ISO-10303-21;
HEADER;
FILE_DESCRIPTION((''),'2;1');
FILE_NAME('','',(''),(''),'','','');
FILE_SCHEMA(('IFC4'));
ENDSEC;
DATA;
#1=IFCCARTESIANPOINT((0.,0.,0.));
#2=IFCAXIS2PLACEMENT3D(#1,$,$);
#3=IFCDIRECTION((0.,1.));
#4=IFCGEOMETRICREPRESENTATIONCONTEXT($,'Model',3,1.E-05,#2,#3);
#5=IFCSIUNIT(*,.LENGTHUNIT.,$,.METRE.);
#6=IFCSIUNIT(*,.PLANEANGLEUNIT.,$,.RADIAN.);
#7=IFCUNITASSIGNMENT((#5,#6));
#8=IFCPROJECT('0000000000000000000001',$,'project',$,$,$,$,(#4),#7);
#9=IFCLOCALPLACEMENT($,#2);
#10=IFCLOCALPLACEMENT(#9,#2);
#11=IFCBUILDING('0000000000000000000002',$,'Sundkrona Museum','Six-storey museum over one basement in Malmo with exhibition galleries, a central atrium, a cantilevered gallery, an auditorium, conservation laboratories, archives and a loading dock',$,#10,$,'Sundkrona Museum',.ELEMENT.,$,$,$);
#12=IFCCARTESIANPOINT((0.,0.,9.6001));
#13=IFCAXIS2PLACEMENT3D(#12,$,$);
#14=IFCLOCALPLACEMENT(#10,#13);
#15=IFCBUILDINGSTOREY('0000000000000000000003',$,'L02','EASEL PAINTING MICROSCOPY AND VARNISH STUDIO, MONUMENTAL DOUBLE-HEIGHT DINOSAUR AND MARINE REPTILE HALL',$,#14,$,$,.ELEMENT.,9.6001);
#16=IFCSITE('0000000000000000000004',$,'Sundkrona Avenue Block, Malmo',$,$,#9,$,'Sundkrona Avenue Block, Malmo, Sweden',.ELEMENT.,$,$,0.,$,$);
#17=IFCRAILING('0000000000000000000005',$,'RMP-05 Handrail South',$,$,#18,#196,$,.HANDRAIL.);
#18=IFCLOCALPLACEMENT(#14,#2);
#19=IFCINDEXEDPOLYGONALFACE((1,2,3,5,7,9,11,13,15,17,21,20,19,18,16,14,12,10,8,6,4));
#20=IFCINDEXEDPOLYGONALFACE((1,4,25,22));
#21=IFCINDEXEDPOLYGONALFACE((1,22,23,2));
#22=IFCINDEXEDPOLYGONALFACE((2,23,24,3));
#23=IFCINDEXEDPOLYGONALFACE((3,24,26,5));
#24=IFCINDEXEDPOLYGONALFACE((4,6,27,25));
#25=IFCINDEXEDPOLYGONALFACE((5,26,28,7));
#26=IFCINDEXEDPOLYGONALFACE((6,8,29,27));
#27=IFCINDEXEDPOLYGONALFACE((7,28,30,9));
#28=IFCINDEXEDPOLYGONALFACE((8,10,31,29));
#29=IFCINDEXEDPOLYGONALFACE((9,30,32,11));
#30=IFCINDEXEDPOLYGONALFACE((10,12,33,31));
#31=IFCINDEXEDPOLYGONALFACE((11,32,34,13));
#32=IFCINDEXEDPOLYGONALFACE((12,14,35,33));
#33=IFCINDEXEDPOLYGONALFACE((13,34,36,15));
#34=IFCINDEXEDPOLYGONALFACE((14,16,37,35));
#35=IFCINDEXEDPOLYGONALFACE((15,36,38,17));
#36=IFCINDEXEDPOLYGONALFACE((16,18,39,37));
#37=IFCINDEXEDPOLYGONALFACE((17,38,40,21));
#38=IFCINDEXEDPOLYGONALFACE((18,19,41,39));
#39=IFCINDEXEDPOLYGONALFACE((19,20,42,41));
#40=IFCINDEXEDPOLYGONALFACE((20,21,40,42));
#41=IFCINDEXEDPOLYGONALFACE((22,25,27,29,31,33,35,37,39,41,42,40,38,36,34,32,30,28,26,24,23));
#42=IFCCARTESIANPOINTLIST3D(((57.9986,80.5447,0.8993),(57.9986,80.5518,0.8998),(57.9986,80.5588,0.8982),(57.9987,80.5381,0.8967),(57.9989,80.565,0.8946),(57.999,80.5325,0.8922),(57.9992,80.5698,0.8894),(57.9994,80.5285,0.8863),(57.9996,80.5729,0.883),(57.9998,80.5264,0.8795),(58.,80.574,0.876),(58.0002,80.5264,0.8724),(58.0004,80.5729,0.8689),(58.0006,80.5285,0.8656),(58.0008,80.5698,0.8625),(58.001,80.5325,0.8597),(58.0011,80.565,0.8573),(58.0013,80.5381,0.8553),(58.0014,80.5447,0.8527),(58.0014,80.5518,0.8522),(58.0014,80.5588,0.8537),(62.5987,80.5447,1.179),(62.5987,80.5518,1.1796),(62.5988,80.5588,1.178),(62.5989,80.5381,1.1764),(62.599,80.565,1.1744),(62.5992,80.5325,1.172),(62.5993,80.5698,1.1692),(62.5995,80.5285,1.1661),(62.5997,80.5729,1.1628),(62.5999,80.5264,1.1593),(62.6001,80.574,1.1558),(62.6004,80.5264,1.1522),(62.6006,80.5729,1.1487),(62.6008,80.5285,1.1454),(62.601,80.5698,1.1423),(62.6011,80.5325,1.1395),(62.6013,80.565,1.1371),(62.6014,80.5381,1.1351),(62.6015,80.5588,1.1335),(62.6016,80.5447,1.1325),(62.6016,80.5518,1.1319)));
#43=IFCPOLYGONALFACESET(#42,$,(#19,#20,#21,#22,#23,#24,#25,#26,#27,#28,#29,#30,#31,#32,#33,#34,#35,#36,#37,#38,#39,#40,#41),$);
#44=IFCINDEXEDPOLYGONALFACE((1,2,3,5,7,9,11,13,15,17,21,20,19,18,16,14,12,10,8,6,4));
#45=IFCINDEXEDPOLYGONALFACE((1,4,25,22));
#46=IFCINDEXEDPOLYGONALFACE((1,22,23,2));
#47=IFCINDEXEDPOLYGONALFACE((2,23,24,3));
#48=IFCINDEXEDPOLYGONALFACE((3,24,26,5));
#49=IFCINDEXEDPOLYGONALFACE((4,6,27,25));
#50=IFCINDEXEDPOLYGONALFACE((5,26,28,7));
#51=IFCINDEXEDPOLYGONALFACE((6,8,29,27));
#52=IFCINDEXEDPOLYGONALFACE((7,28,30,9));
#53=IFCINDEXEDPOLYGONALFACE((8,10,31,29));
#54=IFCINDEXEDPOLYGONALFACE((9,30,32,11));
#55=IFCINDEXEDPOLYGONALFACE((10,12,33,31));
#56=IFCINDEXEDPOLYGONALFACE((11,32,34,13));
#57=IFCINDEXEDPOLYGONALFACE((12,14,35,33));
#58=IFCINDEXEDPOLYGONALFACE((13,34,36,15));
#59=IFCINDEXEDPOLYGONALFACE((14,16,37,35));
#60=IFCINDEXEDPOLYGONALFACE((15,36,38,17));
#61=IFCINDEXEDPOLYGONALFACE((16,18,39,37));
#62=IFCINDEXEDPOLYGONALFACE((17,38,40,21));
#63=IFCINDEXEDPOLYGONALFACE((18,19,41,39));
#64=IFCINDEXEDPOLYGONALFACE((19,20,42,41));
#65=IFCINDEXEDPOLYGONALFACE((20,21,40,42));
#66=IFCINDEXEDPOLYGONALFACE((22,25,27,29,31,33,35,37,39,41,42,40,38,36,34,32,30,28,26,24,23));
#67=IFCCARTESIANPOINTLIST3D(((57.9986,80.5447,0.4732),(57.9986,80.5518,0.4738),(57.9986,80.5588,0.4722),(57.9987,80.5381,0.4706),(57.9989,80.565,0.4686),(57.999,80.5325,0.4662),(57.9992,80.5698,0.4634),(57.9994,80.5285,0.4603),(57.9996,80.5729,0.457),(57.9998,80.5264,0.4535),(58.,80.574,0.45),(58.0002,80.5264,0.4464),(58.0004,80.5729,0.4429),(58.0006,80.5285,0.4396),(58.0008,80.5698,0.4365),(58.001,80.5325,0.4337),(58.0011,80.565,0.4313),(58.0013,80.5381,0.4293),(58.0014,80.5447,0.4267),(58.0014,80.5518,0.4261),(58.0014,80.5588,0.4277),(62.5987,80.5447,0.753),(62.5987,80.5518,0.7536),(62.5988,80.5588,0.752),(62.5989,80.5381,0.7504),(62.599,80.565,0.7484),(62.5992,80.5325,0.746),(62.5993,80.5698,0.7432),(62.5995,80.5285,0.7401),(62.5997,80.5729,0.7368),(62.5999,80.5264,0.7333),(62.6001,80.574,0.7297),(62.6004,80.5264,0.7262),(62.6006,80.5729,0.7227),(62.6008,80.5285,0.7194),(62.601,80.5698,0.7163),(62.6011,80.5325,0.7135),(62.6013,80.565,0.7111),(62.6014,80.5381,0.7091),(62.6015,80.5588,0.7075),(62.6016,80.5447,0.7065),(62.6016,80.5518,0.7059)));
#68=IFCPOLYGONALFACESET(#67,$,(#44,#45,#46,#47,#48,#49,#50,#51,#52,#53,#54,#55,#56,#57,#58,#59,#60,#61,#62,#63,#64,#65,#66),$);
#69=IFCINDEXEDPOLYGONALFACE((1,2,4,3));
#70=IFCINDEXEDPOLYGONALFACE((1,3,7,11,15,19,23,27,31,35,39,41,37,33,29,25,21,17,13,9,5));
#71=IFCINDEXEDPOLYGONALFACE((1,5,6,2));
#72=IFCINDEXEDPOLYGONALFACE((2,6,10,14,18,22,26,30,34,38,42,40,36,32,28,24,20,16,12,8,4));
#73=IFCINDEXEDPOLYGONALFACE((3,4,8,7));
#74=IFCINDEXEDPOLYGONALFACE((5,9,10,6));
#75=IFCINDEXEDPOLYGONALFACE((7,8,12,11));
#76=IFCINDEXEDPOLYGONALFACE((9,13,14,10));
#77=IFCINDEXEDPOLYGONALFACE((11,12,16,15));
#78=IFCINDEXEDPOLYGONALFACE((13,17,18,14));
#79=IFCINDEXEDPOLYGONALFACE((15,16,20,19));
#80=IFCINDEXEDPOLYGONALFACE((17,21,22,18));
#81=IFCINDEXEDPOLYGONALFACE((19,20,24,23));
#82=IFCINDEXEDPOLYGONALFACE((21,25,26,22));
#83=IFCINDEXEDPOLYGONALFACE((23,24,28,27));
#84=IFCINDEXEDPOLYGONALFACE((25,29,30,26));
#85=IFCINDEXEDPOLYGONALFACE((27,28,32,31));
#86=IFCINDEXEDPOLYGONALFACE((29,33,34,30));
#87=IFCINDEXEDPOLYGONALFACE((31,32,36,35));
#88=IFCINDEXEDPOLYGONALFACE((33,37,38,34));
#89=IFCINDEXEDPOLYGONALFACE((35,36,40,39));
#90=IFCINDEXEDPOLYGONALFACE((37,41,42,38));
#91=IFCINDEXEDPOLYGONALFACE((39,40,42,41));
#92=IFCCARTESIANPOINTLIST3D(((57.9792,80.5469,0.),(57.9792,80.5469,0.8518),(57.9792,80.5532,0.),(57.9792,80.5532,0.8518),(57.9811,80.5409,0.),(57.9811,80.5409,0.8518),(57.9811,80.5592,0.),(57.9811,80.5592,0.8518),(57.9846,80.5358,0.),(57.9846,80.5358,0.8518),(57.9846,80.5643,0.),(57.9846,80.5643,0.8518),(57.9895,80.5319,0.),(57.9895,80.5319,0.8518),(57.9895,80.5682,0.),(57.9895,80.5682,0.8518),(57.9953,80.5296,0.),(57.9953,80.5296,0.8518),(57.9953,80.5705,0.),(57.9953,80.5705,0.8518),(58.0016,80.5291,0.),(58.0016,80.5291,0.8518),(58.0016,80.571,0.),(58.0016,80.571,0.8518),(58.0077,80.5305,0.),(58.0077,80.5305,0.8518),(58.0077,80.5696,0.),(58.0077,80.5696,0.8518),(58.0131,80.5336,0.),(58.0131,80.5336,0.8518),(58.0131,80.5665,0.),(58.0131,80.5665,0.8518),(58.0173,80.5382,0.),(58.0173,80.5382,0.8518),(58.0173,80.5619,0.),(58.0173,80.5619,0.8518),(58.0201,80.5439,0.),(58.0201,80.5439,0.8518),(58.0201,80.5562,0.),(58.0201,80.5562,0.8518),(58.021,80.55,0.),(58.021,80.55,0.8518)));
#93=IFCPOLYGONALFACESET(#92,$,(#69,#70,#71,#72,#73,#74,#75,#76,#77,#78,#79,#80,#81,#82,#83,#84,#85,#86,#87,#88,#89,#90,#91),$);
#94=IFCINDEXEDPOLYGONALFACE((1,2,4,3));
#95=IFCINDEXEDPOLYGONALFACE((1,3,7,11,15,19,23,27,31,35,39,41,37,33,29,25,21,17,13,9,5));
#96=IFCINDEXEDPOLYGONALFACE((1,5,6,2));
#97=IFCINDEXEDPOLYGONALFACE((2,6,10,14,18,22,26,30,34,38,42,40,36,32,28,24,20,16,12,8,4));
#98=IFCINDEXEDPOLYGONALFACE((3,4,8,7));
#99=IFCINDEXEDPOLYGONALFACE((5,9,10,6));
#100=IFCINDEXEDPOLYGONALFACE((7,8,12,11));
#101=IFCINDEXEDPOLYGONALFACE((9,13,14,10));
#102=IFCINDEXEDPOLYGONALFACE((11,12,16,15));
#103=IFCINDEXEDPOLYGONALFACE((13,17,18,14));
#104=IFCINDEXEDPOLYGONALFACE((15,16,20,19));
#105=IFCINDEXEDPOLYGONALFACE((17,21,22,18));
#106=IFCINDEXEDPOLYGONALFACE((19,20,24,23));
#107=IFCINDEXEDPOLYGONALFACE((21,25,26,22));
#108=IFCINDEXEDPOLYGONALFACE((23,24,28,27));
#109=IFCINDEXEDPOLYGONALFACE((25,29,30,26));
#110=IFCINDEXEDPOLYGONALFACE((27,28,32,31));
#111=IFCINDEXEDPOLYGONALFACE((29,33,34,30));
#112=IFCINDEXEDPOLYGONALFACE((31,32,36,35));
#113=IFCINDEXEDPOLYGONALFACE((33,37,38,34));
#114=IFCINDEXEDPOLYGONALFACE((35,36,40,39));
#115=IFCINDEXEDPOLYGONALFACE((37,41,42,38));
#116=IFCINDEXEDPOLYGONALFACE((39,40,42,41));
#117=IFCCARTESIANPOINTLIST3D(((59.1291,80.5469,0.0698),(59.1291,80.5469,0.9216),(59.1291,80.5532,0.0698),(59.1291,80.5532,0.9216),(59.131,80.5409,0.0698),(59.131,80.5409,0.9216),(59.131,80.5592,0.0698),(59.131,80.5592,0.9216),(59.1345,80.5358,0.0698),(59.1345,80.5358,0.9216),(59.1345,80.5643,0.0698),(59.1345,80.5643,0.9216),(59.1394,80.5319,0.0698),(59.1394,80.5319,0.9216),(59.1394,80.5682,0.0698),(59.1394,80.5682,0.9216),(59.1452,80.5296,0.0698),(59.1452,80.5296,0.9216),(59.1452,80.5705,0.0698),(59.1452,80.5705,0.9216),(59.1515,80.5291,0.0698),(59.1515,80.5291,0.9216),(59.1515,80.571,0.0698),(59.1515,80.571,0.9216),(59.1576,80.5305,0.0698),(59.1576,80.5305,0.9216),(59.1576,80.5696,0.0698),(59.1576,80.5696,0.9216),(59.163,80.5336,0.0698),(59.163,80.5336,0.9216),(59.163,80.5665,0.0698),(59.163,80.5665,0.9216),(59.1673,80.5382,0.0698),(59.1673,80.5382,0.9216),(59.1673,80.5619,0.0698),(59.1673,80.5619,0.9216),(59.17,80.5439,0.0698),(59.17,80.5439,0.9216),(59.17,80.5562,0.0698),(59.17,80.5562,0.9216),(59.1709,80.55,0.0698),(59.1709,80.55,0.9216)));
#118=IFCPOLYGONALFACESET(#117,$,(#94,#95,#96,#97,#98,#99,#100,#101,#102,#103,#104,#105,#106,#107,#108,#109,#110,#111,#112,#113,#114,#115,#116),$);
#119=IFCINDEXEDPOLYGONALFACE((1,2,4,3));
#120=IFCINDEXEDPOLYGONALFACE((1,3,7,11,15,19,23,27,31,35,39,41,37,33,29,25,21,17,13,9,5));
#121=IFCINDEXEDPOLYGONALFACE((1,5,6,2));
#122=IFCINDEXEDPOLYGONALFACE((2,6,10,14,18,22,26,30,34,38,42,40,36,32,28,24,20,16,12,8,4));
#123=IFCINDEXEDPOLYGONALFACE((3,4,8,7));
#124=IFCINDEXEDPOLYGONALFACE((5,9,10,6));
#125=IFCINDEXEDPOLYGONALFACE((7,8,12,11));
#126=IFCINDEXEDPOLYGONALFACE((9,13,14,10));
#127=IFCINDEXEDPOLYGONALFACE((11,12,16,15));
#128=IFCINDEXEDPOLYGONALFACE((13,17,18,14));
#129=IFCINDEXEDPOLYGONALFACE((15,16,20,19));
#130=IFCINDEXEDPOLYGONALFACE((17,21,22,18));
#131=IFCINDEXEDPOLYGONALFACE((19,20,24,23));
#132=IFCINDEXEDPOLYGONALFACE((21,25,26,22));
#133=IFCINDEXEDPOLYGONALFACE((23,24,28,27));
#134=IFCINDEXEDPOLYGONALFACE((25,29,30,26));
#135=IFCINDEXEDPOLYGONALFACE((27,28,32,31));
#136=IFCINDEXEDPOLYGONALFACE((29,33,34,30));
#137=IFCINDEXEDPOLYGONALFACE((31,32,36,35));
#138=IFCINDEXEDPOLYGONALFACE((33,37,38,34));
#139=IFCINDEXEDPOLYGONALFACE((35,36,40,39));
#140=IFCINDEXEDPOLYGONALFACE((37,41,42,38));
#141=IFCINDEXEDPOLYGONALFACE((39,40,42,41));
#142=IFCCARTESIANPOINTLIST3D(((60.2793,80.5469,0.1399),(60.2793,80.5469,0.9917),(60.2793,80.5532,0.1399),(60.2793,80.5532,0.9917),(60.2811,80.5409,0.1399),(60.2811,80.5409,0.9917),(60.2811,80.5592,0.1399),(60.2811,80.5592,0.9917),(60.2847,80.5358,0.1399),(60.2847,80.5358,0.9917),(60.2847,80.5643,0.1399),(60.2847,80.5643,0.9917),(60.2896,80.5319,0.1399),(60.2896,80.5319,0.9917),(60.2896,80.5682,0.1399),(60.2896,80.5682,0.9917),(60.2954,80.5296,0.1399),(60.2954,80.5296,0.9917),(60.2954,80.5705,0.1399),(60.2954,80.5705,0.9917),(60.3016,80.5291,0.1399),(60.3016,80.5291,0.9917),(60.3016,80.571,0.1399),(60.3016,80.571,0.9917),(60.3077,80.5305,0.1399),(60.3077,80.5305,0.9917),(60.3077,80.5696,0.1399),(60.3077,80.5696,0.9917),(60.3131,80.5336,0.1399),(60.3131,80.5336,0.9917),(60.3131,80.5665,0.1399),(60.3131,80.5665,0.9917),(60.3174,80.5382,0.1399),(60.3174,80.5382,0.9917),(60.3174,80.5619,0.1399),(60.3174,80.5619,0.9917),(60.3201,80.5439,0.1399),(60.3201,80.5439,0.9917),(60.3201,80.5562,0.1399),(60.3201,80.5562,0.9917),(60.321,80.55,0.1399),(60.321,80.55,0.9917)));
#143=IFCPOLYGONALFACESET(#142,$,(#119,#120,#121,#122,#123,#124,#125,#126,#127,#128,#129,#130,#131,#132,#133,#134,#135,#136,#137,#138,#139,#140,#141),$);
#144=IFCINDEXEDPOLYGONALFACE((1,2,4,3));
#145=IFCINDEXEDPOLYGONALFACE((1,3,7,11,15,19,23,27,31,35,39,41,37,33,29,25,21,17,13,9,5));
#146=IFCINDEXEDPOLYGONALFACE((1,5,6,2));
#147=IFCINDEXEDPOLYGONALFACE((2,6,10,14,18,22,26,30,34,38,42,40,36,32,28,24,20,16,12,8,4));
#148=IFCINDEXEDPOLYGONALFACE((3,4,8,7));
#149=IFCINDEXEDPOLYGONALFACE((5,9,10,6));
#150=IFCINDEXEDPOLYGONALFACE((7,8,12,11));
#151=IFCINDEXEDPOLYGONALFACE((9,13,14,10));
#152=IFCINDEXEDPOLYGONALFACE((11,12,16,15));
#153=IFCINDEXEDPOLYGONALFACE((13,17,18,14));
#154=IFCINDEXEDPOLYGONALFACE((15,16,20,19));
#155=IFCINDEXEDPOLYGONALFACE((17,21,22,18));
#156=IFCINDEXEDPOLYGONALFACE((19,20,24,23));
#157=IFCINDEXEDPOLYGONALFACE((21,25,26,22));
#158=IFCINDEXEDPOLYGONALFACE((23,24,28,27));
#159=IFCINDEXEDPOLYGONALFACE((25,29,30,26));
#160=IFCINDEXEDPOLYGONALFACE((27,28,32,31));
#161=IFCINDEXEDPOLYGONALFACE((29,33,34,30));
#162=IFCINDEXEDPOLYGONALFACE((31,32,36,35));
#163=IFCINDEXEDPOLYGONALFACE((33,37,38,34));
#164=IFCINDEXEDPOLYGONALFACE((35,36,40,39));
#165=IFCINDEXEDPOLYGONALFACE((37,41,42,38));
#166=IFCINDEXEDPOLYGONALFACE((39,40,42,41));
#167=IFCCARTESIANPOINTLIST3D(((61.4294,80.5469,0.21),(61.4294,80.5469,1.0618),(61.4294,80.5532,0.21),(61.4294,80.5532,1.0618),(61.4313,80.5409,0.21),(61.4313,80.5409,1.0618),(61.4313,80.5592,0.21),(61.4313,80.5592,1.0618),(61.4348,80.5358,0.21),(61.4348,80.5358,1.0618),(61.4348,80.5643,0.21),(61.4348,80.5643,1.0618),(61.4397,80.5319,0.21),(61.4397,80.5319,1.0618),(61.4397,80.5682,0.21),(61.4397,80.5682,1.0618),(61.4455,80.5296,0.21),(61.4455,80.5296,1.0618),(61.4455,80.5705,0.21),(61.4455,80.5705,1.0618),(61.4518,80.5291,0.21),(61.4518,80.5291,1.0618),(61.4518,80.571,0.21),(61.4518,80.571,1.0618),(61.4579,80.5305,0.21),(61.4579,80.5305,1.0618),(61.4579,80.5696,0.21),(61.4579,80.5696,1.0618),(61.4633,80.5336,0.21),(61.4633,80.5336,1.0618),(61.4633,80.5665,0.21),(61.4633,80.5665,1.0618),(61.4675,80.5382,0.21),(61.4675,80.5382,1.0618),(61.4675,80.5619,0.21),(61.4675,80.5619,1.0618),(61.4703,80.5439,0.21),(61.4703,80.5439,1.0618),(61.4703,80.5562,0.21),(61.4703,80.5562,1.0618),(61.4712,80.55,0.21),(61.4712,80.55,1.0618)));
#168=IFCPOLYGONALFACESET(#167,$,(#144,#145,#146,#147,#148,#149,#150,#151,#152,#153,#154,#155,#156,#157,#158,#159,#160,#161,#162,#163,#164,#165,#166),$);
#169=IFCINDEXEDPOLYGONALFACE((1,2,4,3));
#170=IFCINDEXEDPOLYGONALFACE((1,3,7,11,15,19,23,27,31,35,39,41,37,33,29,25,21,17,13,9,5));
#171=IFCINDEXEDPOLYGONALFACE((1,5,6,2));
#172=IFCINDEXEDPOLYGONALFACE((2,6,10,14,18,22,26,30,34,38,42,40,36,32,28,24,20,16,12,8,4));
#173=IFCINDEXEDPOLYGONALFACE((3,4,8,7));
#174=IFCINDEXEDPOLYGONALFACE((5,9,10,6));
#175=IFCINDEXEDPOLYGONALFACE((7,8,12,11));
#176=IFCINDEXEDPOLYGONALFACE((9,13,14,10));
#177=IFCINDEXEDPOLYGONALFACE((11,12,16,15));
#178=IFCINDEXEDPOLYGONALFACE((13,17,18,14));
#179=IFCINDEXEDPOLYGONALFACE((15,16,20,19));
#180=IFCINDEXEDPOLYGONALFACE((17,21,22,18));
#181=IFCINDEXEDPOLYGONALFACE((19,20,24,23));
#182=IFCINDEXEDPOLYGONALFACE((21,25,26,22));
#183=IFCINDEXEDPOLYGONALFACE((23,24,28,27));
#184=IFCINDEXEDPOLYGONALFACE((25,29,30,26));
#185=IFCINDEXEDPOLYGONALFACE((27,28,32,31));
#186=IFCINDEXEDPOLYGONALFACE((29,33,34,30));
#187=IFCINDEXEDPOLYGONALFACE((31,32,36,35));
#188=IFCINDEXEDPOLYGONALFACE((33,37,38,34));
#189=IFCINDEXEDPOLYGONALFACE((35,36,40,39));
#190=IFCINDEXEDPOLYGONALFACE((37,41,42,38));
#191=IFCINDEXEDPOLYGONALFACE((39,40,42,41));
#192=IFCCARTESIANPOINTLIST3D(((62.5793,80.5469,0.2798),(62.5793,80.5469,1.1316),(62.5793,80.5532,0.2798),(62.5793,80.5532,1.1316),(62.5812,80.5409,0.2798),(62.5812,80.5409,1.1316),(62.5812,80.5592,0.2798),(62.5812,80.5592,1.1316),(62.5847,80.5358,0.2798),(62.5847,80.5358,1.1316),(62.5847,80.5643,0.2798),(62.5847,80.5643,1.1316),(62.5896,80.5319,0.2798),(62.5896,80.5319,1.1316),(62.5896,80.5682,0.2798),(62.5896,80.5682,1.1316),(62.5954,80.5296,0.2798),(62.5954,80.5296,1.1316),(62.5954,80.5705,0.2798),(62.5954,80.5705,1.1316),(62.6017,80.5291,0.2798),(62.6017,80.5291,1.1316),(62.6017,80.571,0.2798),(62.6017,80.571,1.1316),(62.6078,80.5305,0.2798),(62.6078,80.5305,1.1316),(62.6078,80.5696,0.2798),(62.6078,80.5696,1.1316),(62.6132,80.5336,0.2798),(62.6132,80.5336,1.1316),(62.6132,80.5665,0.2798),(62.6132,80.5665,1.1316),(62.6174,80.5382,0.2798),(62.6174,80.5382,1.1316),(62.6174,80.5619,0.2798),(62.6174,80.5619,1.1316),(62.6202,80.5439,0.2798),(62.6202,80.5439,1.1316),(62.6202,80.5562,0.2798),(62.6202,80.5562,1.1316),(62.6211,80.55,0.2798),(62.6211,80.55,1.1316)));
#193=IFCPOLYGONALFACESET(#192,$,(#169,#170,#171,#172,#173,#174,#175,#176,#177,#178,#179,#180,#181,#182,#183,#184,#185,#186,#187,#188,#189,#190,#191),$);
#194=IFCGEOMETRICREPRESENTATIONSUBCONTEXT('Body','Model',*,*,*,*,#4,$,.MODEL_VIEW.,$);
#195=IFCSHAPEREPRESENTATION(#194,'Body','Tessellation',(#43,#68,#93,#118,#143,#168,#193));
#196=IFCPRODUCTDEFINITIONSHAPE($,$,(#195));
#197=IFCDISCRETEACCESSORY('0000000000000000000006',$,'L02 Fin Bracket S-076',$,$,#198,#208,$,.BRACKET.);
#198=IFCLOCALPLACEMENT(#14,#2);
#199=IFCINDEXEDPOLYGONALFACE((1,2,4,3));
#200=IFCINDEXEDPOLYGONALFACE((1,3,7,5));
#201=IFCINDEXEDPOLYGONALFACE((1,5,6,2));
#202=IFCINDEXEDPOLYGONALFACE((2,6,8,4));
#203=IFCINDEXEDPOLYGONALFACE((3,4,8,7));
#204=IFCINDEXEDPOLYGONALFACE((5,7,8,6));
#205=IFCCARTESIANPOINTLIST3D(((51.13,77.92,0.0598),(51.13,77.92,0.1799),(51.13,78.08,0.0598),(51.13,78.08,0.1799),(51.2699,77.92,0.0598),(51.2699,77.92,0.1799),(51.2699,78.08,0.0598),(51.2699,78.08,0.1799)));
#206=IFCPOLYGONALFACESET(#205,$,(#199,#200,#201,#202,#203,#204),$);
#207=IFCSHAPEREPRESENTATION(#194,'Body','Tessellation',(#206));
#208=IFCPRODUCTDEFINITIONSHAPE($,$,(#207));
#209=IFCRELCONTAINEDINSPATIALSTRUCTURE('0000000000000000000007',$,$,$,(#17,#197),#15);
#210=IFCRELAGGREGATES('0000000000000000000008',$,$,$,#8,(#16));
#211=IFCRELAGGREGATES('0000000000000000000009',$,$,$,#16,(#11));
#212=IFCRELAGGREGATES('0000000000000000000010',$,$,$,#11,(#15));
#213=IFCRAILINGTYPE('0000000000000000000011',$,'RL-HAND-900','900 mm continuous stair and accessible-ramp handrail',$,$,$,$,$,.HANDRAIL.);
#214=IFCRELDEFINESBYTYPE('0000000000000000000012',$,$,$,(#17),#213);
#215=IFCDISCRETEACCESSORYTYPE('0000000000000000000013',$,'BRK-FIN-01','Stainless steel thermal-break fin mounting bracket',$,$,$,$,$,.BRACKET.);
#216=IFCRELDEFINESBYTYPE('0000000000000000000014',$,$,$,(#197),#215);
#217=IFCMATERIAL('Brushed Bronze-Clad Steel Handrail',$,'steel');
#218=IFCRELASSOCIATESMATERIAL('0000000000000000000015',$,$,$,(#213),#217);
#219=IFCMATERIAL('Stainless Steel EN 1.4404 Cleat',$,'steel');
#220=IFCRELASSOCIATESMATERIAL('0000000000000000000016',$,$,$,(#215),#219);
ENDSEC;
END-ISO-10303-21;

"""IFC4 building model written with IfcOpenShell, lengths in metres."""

from ifc_helpers import new_model, si_unit, direction, frame, origin, origin_2d, place, context, subcontext, project, spatial, rectangle, circle, extrude, material, type_object, element, save


model = new_model("IFC4")

# Units and contexts
model_context = context("Model", 3, precision=1e-05, world=origin(), true_north=direction((0.0, 1.0)))
body_context = subcontext(model_context, "Body", "Model", "MODEL_VIEW")
ifc_project = project(units=[si_unit("LENGTHUNIT", "METRE"), si_unit("PLANEANGLEUNIT", "RADIAN")], contexts=[model_context])

# Site, building, storey
site_placement = place(None, origin())
site = spatial("IfcSite", under=ifc_project, at=site_placement, Name="Sundkrona Avenue Block, Malmo", LongName="Sundkrona Avenue Block, Malmo, Sweden", CompositionType="ELEMENT", RefElevation=0.0)
building_placement = place(site_placement, origin())
building = spatial("IfcBuilding", under=site, at=building_placement, Name="Sundkrona Museum", Description="Six-storey museum over one basement in Malmo with exhibition galleries, a central atrium, a cantilevered gallery, an auditorium, conservation laboratories, archives and a loading dock", LongName="Sundkrona Museum", CompositionType="ELEMENT")
storey_placement = place(building_placement, frame((0.0, 0.0, 9.6001)))
storey = spatial("IfcBuildingStorey", under=building, at=storey_placement, Name="L02", Description="EASEL PAINTING MICROSCOPY AND VARNISH STUDIO, MONUMENTAL DOUBLE-HEIGHT DINOSAUR AND MARINE REPTILE HALL", CompositionType="ELEMENT", Elevation=9.6001)

# Railing
ifc_material_1 = material(Name="Brushed Bronze-Clad Steel Handrail", Category="steel")
railing_type = type_object("IfcRailingType", Name="RL-HAND-900", Description="900 mm continuous stair and accessible-ramp handrail", PredefinedType="HANDRAIL", material=ifc_material_1)
railing_placement = place(storey_placement, frame((58.0, 80.55, 0.0)))
element("IfcRailing", 1, at=railing_placement, inside=storey, type_object=railing_type, Name="RMP-05 Handrail South", PredefinedType="HANDRAIL", context=body_context, shape_type="SweptSolid", body=[
    extrude(circle(Radius=0.0239, at=origin_2d()), frame((0.0, 0.0, 0.876), z_axis=(0.998155, 0.0, 0.060709), x_axis=(0.0, 1.0, 0.0)), (0.0, 0.0, 1.0), 4.6086),
    extrude(circle(Radius=0.0239, at=origin_2d()), frame((0.0, 0.0, 0.45), z_axis=(0.998155, 0.0, 0.060709), x_axis=(0.0, 1.0, 0.0)), (0.0, 0.0, 1.0), 4.6086),
    extrude(circle(Radius=0.021, at=origin_2d()), origin(), (0.0, 0.0, 1.0), 0.8518),
    extrude(circle(Radius=0.021, at=origin_2d()), frame((1.1499, 0.0, 0.0698)), (0.0, 0.0, 1.0), 0.8518),
    extrude(circle(Radius=0.021, at=origin_2d()), frame((2.3, 0.0, 0.1399)), (0.0, 0.0, 1.0), 0.8518),
    extrude(circle(Radius=0.021, at=origin_2d()), frame((3.4502, 0.0, 0.21)), (0.0, 0.0, 1.0), 0.8518),
    extrude(circle(Radius=0.021, at=origin_2d()), frame((4.6001, 0.0, 0.2798)), (0.0, 0.0, 1.0), 0.8518),
])

# Discrete accessory
ifc_material_2 = material(Name="Stainless Steel EN 1.4404 Cleat", Category="steel")
discrete_accessory_type = type_object("IfcDiscreteAccessoryType", Name="BRK-FIN-01", Description="Stainless steel thermal-break fin mounting bracket", PredefinedType="BRACKET", material=ifc_material_2)
for number, where, z_axis, x_axis, name in (
    (2, (51.2, 78.0, 0.0598), (0.0, 0.0, 1.0), (1.0, 0.0, 0.0), "L02 Fin Bracket S-076"),
):
    element("IfcDiscreteAccessory", number, at=place(storey_placement, frame(where, z_axis=z_axis, x_axis=x_axis)), inside=storey, type_object=discrete_accessory_type, Name=name, PredefinedType="BRACKET", context=body_context, shape_type="SweptSolid", body=[
        extrude(rectangle(XDim=0.1399, YDim=0.1599, at=origin_2d()), origin(), (0.0, 0.0, 1.0), 0.1201),
    ])

save(model, "model.ifc")
